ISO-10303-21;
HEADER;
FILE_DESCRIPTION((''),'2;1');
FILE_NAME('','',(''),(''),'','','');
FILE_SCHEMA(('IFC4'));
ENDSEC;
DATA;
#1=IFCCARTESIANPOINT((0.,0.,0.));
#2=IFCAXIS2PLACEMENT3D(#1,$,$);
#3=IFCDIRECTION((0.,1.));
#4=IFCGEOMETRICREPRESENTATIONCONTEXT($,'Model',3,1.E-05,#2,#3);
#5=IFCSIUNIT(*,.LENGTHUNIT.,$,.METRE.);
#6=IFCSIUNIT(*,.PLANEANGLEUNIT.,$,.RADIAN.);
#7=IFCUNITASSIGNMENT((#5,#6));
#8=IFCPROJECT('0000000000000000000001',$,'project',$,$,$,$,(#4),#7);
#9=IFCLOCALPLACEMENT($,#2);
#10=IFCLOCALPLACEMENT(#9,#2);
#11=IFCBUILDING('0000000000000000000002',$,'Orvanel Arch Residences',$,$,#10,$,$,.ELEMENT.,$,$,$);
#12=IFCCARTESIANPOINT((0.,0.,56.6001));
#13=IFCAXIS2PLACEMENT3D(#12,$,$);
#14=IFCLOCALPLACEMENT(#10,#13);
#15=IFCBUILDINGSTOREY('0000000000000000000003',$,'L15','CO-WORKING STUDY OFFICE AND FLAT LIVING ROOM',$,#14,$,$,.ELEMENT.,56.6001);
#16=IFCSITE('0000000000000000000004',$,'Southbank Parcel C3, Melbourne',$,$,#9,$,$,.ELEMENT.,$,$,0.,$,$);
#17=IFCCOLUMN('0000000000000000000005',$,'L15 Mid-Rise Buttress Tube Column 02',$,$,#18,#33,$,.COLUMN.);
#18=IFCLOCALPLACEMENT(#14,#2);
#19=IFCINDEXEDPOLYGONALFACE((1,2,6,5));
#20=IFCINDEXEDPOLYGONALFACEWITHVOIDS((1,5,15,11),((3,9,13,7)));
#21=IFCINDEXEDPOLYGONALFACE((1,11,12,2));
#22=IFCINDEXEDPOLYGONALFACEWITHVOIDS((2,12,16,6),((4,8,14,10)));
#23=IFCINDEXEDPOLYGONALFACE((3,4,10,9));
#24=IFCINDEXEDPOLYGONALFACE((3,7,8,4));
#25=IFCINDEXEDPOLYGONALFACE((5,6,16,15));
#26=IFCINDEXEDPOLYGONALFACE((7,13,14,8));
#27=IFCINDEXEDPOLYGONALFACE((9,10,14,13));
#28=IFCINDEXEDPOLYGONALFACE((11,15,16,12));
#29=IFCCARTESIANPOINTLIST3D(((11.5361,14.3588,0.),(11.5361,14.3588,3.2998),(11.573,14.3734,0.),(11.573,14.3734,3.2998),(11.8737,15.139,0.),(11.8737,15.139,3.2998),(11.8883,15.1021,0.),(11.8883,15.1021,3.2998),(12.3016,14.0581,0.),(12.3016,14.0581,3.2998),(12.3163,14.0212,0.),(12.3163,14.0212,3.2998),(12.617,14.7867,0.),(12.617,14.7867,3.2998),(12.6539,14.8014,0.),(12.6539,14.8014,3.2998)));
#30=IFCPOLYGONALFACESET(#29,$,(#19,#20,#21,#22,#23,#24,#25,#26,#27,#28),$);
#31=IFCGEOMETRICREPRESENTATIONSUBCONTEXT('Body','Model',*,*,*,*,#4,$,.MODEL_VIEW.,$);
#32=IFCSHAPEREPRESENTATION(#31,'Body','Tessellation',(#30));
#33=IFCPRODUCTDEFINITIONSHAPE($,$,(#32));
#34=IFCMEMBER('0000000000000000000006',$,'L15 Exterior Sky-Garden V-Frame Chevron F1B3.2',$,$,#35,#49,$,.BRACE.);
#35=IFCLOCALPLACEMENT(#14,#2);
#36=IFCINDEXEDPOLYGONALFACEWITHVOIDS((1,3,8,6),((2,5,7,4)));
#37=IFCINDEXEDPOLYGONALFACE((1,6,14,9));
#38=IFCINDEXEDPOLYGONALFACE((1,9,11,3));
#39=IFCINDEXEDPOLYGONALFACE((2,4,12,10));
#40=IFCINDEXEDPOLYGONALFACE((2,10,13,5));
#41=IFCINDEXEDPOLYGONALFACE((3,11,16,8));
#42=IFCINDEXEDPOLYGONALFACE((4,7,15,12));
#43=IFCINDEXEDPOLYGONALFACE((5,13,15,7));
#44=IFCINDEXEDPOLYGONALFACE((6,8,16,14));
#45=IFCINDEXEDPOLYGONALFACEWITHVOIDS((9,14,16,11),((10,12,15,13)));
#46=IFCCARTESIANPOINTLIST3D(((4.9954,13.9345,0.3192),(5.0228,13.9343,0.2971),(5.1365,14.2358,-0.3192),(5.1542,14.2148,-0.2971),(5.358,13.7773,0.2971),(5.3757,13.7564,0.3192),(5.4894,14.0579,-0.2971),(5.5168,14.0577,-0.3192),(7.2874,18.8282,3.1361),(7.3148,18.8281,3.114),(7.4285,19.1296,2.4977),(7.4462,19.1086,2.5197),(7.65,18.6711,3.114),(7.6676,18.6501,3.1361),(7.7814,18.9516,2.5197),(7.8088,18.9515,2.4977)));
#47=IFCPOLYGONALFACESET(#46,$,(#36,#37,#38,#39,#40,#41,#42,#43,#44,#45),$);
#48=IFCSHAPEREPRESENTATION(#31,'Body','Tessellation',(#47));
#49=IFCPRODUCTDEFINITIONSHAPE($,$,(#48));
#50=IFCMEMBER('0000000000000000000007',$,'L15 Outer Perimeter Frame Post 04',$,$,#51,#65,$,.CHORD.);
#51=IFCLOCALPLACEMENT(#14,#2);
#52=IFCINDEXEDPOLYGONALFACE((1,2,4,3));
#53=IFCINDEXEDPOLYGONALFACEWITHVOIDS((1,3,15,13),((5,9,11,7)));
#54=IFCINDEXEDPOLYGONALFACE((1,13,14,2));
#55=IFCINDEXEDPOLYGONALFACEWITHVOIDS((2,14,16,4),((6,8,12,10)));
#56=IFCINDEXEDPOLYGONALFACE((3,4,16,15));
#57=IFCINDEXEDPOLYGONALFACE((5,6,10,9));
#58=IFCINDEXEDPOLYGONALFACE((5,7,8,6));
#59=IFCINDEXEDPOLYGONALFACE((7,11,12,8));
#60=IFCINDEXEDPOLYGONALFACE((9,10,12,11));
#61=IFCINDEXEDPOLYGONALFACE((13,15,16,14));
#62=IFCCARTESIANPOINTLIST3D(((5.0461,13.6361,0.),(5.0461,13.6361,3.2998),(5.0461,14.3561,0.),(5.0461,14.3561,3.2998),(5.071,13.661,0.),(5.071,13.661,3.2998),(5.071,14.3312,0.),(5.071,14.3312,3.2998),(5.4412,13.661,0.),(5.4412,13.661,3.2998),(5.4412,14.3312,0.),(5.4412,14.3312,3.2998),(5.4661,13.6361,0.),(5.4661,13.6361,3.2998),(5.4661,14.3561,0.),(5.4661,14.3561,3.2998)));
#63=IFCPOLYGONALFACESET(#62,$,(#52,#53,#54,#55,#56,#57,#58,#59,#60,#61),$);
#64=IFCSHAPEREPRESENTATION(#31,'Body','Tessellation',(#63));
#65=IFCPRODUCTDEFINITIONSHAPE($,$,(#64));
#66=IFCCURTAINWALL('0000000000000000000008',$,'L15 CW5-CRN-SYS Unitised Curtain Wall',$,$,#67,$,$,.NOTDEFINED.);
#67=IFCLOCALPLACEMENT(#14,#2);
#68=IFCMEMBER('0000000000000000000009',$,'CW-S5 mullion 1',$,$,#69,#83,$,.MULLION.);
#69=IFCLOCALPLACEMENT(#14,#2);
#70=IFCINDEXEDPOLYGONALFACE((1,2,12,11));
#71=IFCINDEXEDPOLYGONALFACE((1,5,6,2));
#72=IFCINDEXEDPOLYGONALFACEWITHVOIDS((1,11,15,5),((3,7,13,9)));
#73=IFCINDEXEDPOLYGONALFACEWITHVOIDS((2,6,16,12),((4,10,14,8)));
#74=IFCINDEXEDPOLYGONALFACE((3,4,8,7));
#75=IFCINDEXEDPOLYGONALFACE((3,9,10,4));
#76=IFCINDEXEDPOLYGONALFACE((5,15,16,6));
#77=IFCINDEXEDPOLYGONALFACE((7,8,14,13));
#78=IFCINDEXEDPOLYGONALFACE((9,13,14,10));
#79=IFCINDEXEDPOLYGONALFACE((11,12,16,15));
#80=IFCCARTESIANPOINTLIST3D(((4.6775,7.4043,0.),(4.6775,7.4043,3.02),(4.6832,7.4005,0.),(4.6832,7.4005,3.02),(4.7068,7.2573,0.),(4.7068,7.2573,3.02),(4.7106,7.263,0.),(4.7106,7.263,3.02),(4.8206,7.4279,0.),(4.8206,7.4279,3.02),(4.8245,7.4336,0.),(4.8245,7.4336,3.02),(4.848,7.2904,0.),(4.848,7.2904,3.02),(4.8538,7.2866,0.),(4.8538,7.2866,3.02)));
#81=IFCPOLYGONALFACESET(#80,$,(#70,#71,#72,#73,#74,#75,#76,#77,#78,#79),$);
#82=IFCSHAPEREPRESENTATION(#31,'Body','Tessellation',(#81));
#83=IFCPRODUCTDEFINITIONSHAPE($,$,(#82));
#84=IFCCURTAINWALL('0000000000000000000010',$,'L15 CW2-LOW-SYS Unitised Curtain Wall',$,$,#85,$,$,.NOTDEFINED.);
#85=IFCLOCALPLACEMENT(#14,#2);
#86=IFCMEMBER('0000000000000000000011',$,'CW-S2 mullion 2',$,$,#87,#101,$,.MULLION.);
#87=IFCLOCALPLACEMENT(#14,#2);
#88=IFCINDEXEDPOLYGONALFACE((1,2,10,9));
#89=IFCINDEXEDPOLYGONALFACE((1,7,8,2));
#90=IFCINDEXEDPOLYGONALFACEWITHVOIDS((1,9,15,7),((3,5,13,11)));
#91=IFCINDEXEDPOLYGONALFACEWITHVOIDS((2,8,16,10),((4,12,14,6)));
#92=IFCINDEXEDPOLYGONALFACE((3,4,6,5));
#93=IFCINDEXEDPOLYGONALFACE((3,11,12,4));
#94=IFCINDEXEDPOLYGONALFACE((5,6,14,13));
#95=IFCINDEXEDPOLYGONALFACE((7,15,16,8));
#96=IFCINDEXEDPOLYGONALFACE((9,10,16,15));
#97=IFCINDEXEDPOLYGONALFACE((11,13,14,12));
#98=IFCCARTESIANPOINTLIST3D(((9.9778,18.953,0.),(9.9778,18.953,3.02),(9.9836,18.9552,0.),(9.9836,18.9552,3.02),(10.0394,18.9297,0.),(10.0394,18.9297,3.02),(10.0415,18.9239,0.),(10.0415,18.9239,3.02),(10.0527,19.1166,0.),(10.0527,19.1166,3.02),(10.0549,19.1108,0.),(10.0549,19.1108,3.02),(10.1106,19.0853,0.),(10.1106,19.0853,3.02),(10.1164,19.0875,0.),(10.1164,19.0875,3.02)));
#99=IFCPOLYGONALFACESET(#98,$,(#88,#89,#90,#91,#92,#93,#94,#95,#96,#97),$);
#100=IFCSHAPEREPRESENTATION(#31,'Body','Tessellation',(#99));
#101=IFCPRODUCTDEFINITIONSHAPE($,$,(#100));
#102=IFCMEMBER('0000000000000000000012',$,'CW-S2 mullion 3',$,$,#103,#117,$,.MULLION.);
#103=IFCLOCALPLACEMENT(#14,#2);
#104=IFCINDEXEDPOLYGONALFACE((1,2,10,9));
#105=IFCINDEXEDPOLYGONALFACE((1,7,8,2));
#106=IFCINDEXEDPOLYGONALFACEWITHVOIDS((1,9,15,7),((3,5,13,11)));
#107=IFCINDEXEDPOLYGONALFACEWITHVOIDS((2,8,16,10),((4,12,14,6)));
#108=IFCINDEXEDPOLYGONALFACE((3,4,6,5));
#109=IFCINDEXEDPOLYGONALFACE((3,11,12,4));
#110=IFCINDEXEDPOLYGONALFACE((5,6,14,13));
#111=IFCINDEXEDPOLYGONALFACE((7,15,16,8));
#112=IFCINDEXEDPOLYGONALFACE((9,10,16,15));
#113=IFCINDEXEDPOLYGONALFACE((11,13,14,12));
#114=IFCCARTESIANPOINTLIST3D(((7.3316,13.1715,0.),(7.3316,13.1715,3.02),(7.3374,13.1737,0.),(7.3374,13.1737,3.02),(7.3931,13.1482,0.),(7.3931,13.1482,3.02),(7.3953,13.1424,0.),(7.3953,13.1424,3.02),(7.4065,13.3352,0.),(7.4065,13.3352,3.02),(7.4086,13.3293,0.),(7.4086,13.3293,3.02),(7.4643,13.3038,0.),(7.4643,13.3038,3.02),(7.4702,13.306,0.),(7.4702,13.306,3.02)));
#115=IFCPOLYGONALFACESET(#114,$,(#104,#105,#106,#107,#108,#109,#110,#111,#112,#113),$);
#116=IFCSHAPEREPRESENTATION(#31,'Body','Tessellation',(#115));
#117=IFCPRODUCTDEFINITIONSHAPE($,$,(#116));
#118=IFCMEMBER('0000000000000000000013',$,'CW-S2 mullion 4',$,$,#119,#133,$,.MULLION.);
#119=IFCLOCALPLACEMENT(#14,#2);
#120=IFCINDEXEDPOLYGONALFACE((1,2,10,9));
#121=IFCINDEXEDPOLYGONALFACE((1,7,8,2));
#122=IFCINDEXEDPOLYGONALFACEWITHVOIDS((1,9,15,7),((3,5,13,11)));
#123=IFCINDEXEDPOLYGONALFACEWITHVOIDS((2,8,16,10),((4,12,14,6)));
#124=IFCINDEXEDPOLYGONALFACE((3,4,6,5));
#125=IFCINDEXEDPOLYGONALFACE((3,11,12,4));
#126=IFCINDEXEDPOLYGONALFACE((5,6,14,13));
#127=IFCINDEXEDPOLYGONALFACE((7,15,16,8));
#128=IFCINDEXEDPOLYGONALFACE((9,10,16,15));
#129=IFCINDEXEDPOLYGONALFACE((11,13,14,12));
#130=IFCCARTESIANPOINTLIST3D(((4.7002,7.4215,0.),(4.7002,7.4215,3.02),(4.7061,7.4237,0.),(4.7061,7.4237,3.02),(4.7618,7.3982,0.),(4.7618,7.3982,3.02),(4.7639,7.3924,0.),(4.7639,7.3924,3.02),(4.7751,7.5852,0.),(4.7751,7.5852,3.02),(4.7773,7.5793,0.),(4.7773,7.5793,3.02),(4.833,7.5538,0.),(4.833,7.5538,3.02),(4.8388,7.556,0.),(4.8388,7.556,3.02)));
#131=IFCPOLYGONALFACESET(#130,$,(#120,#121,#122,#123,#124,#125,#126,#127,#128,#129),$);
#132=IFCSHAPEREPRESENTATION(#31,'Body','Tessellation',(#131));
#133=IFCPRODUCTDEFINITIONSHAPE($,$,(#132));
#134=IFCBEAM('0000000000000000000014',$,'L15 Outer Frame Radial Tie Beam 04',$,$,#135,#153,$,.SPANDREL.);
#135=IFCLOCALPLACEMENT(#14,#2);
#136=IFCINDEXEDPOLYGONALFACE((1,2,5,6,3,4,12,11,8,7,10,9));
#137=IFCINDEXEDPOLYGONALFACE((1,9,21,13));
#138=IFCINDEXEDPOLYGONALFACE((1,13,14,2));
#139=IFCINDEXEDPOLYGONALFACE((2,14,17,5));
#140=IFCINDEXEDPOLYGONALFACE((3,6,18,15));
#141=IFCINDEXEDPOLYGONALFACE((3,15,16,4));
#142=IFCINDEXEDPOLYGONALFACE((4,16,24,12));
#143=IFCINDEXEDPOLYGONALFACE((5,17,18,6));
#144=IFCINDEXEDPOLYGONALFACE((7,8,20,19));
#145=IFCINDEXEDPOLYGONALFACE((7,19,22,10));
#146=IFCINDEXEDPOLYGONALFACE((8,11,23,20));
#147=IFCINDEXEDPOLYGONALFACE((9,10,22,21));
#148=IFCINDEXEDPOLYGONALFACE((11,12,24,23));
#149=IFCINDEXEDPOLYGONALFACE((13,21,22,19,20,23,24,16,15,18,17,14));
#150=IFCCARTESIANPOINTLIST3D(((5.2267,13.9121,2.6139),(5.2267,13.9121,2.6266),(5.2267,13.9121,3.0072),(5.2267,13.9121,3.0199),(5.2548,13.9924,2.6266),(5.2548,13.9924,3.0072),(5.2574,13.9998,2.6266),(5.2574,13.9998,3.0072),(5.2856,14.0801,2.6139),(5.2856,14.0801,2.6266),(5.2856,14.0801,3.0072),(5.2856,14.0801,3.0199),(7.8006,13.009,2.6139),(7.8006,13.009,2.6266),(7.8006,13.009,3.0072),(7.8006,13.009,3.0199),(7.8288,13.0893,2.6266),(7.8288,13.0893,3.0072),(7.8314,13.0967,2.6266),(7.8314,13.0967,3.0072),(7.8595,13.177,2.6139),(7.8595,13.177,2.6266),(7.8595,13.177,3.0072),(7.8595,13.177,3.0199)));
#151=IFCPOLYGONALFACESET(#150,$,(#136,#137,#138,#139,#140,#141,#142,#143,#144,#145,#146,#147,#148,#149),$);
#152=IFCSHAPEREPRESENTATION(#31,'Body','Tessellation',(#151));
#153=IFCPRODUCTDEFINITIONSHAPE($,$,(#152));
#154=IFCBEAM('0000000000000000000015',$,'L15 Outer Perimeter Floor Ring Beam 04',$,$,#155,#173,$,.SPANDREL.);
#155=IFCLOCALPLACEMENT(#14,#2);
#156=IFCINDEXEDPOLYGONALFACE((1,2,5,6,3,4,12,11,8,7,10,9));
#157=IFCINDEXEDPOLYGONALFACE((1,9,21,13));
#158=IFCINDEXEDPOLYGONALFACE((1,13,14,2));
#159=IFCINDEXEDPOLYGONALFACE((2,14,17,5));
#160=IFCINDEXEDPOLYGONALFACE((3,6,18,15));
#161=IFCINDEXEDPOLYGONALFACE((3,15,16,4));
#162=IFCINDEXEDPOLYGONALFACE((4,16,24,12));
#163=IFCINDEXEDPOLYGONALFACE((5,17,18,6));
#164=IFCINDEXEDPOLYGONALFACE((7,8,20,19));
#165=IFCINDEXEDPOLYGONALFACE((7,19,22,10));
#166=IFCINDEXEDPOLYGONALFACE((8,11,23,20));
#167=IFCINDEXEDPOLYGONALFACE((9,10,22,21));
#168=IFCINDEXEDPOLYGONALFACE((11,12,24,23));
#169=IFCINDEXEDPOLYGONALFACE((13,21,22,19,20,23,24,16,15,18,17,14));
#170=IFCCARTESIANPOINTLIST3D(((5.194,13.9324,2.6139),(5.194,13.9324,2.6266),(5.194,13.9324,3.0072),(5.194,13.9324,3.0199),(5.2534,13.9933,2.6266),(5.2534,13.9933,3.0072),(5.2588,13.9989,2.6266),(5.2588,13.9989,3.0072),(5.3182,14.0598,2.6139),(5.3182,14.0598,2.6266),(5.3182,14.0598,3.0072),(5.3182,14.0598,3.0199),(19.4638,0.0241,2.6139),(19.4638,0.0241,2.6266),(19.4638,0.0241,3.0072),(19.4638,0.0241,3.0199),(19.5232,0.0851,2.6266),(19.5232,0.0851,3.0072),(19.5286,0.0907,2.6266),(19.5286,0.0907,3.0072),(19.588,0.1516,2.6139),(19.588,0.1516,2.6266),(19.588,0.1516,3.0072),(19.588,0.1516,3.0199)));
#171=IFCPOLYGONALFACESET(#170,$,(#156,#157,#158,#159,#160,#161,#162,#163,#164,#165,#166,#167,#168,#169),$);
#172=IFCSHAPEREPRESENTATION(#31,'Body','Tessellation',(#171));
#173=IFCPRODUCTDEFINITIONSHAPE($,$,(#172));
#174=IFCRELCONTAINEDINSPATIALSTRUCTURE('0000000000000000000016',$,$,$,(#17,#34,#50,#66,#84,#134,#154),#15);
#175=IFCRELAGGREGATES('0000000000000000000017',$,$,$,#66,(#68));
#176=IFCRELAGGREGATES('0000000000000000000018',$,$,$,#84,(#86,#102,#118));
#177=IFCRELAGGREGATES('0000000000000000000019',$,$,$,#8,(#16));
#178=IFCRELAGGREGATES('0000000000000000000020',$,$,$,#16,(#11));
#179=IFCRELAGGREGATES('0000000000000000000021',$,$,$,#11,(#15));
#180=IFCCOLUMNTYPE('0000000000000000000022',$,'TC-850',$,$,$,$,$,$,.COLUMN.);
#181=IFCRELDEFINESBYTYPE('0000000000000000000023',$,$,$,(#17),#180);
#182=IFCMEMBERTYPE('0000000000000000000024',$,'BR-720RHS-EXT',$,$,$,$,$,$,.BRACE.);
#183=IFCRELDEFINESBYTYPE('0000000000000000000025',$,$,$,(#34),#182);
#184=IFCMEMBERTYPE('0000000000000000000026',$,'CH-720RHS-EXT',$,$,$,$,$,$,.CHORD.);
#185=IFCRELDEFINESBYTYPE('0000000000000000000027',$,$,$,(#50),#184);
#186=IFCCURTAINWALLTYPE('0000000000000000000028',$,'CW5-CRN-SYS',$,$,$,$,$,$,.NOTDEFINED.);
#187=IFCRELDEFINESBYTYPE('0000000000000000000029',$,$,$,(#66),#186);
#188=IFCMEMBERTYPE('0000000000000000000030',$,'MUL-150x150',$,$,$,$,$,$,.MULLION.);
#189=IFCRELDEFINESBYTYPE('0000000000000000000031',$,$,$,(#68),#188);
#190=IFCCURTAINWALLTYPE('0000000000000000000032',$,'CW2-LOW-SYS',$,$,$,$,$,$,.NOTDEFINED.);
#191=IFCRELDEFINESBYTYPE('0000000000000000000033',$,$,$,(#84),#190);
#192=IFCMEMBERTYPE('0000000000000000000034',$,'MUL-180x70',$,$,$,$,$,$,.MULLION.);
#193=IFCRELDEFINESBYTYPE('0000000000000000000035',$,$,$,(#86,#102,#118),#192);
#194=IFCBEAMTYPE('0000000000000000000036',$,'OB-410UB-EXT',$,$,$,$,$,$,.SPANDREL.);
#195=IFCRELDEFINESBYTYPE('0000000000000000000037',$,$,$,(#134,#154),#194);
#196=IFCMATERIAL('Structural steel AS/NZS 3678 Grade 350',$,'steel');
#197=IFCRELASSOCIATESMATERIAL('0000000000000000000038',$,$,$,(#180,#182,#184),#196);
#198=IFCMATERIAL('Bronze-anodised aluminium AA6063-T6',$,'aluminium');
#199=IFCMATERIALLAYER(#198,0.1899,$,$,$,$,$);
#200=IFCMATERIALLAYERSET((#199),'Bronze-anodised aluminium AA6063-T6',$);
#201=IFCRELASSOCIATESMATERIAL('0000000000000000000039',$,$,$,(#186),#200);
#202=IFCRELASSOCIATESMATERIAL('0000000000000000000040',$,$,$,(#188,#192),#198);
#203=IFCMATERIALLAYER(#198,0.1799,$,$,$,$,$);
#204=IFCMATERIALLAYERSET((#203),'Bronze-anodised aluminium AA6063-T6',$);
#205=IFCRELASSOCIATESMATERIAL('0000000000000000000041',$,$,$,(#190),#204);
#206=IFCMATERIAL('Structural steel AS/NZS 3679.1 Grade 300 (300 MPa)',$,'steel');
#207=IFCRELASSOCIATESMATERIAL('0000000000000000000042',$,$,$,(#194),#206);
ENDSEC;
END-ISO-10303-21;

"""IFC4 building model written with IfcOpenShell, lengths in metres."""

from ifc_helpers import new_model, si_unit, direction, frame, origin, origin_2d, place, context, subcontext, project, spatial, hollow_rectangle, i_section, extrude, material, layer, layer_set, material_profile, profile_set, type_object, element, aggregate, save


model = new_model("IFC4")

# Units and contexts
model_context = context("Model", 3, precision=1e-05, world=origin(), true_north=direction((0.0, 1.0)))
body_context = subcontext(model_context, "Body", "Model", "MODEL_VIEW")
ifc_project = project(units=[si_unit("LENGTHUNIT", "METRE"), si_unit("PLANEANGLEUNIT", "RADIAN")], contexts=[model_context])

# Site, building, storey
site_placement = place(None, origin())
site = spatial("IfcSite", under=ifc_project, at=site_placement, Name="Southbank Parcel C3, Melbourne", CompositionType="ELEMENT", RefElevation=0.0)
building_placement = place(site_placement, origin())
building = spatial("IfcBuilding", under=site, at=building_placement, Name="Orvanel Arch Residences", CompositionType="ELEMENT")
storey_placement = place(building_placement, frame((0.0, 0.0, 56.6001)))
storey = spatial("IfcBuildingStorey", under=building, at=storey_placement, Name="L15", Description="CO-WORKING STUDY OFFICE AND FLAT LIVING ROOM", CompositionType="ELEMENT", Elevation=56.6001)

# Column
ifc_material_1 = material(Name="Structural steel AS/NZS 3678 Grade 350", Category="steel")
ifc_material_profile_1 = material_profile(ifc_material_1, hollow_rectangle(XDim=0.8501, YDim=0.8501, WallThickness=0.0281, at=origin_2d()), Name="BOX850x850x28")
ifc_profile_set_1 = profile_set([ifc_material_profile_1], Name="Structural steel AS/NZS 3678 Grade 350")
column_type = type_object("IfcColumnType", Name="TC-850", PredefinedType="COLUMN", material=ifc_profile_set_1)
column_placement = place(storey_placement, frame((12.095, 14.5801, 0.0), z_axis=(0.0, 0.0, 1.0), x_axis=(0.397148, 0.917755, 0.0)))
element("IfcColumn", 1, at=column_placement, inside=storey, type_object=column_type, Name="L15 Mid-Rise Buttress Tube Column 02", PredefinedType="COLUMN", context=body_context, shape_type="SweptSolid", body=[
    extrude(hollow_rectangle(XDim=0.8501, YDim=0.8501, WallThickness=0.0281, at=origin_2d()), origin(), (0.0, 0.0, 1.0), 3.2998),
])

# Members
ifc_material_profile_2 = material_profile(ifc_material_1, hollow_rectangle(XDim=0.4199, YDim=0.72, WallThickness=0.0249, at=origin_2d()), Name="RHS720x420x25")
ifc_profile_set_2 = profile_set([ifc_material_profile_2], Name="Structural steel AS/NZS 3678 Grade 350")
member_type_1 = type_object("IfcMemberType", Name="BR-720RHS-EXT", PredefinedType="BRACE", material=ifc_profile_set_2)
member_1_placement = place(storey_placement, frame((5.2561, 13.9961, 0.0), z_axis=(0.376104, 0.803046, 0.462237), x_axis=(-0.905599, 0.424134, 0.0)))
element("IfcMember", 2, at=member_1_placement, inside=storey, type_object=member_type_1, Name="L15 Exterior Sky-Garden V-Frame Chevron F1B3.2", PredefinedType="BRACE", context=body_context, shape_type="SweptSolid", body=[
    extrude(hollow_rectangle(XDim=0.4199, YDim=0.72, WallThickness=0.0249, at=origin_2d()), origin(), (0.0, 0.0, 1.0), 6.094),
])
ifc_material_profile_3 = material_profile(ifc_material_1, hollow_rectangle(XDim=0.4199, YDim=0.72, WallThickness=0.0249, at=origin_2d()), Name="RHS720x420x25")
ifc_profile_set_3 = profile_set([ifc_material_profile_3], Name="Structural steel AS/NZS 3678 Grade 350")
member_type_2 = type_object("IfcMemberType", Name="CH-720RHS-EXT", PredefinedType="CHORD", material=ifc_profile_set_3)
member_2_placement = place(storey_placement, frame((5.2561, 13.9961, 0.0), z_axis=(0.0, 0.0, 1.0), x_axis=(1.0, 0.0, 0.0)))
element("IfcMember", 3, at=member_2_placement, inside=storey, type_object=member_type_2, Name="L15 Outer Perimeter Frame Post 04", PredefinedType="CHORD", context=body_context, shape_type="SweptSolid", body=[
    extrude(hollow_rectangle(XDim=0.4199, YDim=0.72, WallThickness=0.0249, at=origin_2d()), origin(), (0.0, 0.0, 1.0), 3.2998),
])

# Curtain wall, member
ifc_material_2 = material(Name="Bronze-anodised aluminium AA6063-T6", Category="aluminium")
ifc_layer_1 = layer(ifc_material_2, 0.1899)
ifc_layer_set_1 = layer_set([ifc_layer_1], Name="Bronze-anodised aluminium AA6063-T6")
curtain_wall_type_1 = type_object("IfcCurtainWallType", Name="CW5-CRN-SYS", PredefinedType="NOTDEFINED", material=ifc_layer_set_1)
curtain_wall_1_placement = place(storey_placement, origin())
curtain_wall_1 = element("IfcCurtainWall", 4, at=curtain_wall_1_placement, inside=storey, type_object=curtain_wall_type_1, Name="L15 CW5-CRN-SYS Unitised Curtain Wall", PredefinedType="NOTDEFINED")
ifc_material_profile_4 = material_profile(ifc_material_2, hollow_rectangle(XDim=0.1499, YDim=0.1499, WallThickness=0.0049, at=origin_2d()), Name="ALU150x150x5")
ifc_profile_set_4 = profile_set([ifc_material_profile_4], Name="Bronze-anodised aluminium AA6063-T6")
member_type_3 = type_object("IfcMemberType", Name="MUL-150x150", PredefinedType="MULLION", material=ifc_profile_set_4)
member_3_placement = place(storey_placement, frame((4.7656, 7.3455, 0.0), z_axis=(0.0, 0.0, 1.0), x_axis=(0.980699, 0.195521, 0.0)))
member_3 = element("IfcMember", 5, at=member_3_placement, type_object=member_type_3, Name="CW-S5 mullion 1", PredefinedType="MULLION", context=body_context, shape_type="SweptSolid", body=[
    extrude(hollow_rectangle(XDim=0.1499, YDim=0.1499, WallThickness=0.0049, at=origin_2d()), origin(), (0.0, 0.0, 1.0), 3.02),
])
aggregate(curtain_wall_1, [member_3])

# Curtain wall, members
ifc_layer_2 = layer(ifc_material_2, 0.1799)
ifc_layer_set_2 = layer_set([ifc_layer_2], Name="Bronze-anodised aluminium AA6063-T6")
curtain_wall_type_2 = type_object("IfcCurtainWallType", Name="CW2-LOW-SYS", PredefinedType="NOTDEFINED", material=ifc_layer_set_2)
curtain_wall_2_placement = place(storey_placement, origin())
curtain_wall_2 = element("IfcCurtainWall", 6, at=curtain_wall_2_placement, inside=storey, type_object=curtain_wall_type_2, Name="L15 CW2-LOW-SYS Unitised Curtain Wall", PredefinedType="NOTDEFINED")
ifc_material_profile_5 = material_profile(ifc_material_2, hollow_rectangle(XDim=0.0701, YDim=0.1799, WallThickness=0.0044, at=origin_2d()), Name="ALU180x70x4.5")
ifc_profile_set_5 = profile_set([ifc_material_profile_5], Name="Bronze-anodised aluminium AA6063-T6")
member_type_4 = type_object("IfcMemberType", Name="MUL-180x70", PredefinedType="MULLION", material=ifc_profile_set_5)
member_4_placement = place(storey_placement, frame((10.0471, 19.0203, 0.0), z_axis=(0.0, 0.0, 1.0), x_axis=(0.909299, -0.416144, 0.0)))
member_4 = element("IfcMember", 7, at=member_4_placement, type_object=member_type_4, Name="CW-S2 mullion 2", PredefinedType="MULLION", context=body_context, shape_type="SweptSolid", body=[
    extrude(hollow_rectangle(XDim=0.0701, YDim=0.1799, WallThickness=0.0044, at=origin_2d()), origin(), (0.0, 0.0, 1.0), 3.02),
])
member_5_placement = place(storey_placement, frame((7.4009, 13.2388, 0.0), z_axis=(0.0, 0.0, 1.0), x_axis=(0.909299, -0.416144, 0.0)))
member_5 = element("IfcMember", 8, at=member_5_placement, type_object=member_type_4, Name="CW-S2 mullion 3", PredefinedType="MULLION", context=body_context, shape_type="SweptSolid", body=[
    extrude(hollow_rectangle(XDim=0.0701, YDim=0.1799, WallThickness=0.0044, at=origin_2d()), origin(), (0.0, 0.0, 1.0), 3.02),
])
member_6_placement = place(storey_placement, frame((4.7695, 7.4888, 0.0), z_axis=(0.0, 0.0, 1.0), x_axis=(0.909299, -0.416144, 0.0)))
member_6 = element("IfcMember", 9, at=member_6_placement, type_object=member_type_4, Name="CW-S2 mullion 4", PredefinedType="MULLION", context=body_context, shape_type="SweptSolid", body=[
    extrude(hollow_rectangle(XDim=0.0701, YDim=0.1799, WallThickness=0.0044, at=origin_2d()), origin(), (0.0, 0.0, 1.0), 3.02),
])

# Beams
ifc_material_3 = material(Name="Structural steel AS/NZS 3679.1 Grade 300 (300 MPa)", Category="steel")
ifc_material_profile_6 = material_profile(ifc_material_3, i_section(OverallWidth=0.178, OverallDepth=0.406, WebThickness=0.0078, FlangeThickness=0.0127, at=origin_2d()), Name="410UB59.7")
ifc_profile_set_6 = profile_set([ifc_material_profile_6], Name="Structural steel AS/NZS 3679.1 Grade 300 (300 MPa)")
beam_type_1 = type_object("IfcBeamType", Name="OB-410UB-EXT", PredefinedType="SPANDREL", material=ifc_profile_set_6)
beam_1_placement = place(storey_placement, frame((7.8301, 13.093, 2.8169), z_axis=(-0.943608, 0.331064, 0.0), x_axis=(-0.331064, -0.943608, 0.0)))
element("IfcBeam", 10, at=beam_1_placement, inside=storey, type_object=beam_type_1, Name="L15 Outer Frame Radial Tie Beam 04", PredefinedType="SPANDREL", context=body_context, shape_type="SweptSolid", body=[
    extrude(i_section(OverallWidth=0.178, OverallDepth=0.406, WebThickness=0.0078, FlangeThickness=0.0127, at=origin_2d()), origin(), (0.0, 0.0, 1.0), 2.7278),
])
beam_2_placement = place(storey_placement, frame((5.2561, 13.9961, 2.8169), z_axis=(0.716121, -0.697976, 0.0), x_axis=(0.697976, 0.716121, 0.0)))
element("IfcBeam", 11, at=beam_2_placement, inside=storey, type_object=beam_type_1, Name="L15 Outer Perimeter Floor Ring Beam 04", PredefinedType="SPANDREL", context=body_context, shape_type="SweptSolid", body=[
    extrude(i_section(OverallWidth=0.178, OverallDepth=0.406, WebThickness=0.0078, FlangeThickness=0.0127, at=origin_2d()), origin(), (0.0, 0.0, 1.0), 19.9265),
])

aggregate(curtain_wall_2, [member_4, member_5, member_6])

save(model, "model.ifc")
